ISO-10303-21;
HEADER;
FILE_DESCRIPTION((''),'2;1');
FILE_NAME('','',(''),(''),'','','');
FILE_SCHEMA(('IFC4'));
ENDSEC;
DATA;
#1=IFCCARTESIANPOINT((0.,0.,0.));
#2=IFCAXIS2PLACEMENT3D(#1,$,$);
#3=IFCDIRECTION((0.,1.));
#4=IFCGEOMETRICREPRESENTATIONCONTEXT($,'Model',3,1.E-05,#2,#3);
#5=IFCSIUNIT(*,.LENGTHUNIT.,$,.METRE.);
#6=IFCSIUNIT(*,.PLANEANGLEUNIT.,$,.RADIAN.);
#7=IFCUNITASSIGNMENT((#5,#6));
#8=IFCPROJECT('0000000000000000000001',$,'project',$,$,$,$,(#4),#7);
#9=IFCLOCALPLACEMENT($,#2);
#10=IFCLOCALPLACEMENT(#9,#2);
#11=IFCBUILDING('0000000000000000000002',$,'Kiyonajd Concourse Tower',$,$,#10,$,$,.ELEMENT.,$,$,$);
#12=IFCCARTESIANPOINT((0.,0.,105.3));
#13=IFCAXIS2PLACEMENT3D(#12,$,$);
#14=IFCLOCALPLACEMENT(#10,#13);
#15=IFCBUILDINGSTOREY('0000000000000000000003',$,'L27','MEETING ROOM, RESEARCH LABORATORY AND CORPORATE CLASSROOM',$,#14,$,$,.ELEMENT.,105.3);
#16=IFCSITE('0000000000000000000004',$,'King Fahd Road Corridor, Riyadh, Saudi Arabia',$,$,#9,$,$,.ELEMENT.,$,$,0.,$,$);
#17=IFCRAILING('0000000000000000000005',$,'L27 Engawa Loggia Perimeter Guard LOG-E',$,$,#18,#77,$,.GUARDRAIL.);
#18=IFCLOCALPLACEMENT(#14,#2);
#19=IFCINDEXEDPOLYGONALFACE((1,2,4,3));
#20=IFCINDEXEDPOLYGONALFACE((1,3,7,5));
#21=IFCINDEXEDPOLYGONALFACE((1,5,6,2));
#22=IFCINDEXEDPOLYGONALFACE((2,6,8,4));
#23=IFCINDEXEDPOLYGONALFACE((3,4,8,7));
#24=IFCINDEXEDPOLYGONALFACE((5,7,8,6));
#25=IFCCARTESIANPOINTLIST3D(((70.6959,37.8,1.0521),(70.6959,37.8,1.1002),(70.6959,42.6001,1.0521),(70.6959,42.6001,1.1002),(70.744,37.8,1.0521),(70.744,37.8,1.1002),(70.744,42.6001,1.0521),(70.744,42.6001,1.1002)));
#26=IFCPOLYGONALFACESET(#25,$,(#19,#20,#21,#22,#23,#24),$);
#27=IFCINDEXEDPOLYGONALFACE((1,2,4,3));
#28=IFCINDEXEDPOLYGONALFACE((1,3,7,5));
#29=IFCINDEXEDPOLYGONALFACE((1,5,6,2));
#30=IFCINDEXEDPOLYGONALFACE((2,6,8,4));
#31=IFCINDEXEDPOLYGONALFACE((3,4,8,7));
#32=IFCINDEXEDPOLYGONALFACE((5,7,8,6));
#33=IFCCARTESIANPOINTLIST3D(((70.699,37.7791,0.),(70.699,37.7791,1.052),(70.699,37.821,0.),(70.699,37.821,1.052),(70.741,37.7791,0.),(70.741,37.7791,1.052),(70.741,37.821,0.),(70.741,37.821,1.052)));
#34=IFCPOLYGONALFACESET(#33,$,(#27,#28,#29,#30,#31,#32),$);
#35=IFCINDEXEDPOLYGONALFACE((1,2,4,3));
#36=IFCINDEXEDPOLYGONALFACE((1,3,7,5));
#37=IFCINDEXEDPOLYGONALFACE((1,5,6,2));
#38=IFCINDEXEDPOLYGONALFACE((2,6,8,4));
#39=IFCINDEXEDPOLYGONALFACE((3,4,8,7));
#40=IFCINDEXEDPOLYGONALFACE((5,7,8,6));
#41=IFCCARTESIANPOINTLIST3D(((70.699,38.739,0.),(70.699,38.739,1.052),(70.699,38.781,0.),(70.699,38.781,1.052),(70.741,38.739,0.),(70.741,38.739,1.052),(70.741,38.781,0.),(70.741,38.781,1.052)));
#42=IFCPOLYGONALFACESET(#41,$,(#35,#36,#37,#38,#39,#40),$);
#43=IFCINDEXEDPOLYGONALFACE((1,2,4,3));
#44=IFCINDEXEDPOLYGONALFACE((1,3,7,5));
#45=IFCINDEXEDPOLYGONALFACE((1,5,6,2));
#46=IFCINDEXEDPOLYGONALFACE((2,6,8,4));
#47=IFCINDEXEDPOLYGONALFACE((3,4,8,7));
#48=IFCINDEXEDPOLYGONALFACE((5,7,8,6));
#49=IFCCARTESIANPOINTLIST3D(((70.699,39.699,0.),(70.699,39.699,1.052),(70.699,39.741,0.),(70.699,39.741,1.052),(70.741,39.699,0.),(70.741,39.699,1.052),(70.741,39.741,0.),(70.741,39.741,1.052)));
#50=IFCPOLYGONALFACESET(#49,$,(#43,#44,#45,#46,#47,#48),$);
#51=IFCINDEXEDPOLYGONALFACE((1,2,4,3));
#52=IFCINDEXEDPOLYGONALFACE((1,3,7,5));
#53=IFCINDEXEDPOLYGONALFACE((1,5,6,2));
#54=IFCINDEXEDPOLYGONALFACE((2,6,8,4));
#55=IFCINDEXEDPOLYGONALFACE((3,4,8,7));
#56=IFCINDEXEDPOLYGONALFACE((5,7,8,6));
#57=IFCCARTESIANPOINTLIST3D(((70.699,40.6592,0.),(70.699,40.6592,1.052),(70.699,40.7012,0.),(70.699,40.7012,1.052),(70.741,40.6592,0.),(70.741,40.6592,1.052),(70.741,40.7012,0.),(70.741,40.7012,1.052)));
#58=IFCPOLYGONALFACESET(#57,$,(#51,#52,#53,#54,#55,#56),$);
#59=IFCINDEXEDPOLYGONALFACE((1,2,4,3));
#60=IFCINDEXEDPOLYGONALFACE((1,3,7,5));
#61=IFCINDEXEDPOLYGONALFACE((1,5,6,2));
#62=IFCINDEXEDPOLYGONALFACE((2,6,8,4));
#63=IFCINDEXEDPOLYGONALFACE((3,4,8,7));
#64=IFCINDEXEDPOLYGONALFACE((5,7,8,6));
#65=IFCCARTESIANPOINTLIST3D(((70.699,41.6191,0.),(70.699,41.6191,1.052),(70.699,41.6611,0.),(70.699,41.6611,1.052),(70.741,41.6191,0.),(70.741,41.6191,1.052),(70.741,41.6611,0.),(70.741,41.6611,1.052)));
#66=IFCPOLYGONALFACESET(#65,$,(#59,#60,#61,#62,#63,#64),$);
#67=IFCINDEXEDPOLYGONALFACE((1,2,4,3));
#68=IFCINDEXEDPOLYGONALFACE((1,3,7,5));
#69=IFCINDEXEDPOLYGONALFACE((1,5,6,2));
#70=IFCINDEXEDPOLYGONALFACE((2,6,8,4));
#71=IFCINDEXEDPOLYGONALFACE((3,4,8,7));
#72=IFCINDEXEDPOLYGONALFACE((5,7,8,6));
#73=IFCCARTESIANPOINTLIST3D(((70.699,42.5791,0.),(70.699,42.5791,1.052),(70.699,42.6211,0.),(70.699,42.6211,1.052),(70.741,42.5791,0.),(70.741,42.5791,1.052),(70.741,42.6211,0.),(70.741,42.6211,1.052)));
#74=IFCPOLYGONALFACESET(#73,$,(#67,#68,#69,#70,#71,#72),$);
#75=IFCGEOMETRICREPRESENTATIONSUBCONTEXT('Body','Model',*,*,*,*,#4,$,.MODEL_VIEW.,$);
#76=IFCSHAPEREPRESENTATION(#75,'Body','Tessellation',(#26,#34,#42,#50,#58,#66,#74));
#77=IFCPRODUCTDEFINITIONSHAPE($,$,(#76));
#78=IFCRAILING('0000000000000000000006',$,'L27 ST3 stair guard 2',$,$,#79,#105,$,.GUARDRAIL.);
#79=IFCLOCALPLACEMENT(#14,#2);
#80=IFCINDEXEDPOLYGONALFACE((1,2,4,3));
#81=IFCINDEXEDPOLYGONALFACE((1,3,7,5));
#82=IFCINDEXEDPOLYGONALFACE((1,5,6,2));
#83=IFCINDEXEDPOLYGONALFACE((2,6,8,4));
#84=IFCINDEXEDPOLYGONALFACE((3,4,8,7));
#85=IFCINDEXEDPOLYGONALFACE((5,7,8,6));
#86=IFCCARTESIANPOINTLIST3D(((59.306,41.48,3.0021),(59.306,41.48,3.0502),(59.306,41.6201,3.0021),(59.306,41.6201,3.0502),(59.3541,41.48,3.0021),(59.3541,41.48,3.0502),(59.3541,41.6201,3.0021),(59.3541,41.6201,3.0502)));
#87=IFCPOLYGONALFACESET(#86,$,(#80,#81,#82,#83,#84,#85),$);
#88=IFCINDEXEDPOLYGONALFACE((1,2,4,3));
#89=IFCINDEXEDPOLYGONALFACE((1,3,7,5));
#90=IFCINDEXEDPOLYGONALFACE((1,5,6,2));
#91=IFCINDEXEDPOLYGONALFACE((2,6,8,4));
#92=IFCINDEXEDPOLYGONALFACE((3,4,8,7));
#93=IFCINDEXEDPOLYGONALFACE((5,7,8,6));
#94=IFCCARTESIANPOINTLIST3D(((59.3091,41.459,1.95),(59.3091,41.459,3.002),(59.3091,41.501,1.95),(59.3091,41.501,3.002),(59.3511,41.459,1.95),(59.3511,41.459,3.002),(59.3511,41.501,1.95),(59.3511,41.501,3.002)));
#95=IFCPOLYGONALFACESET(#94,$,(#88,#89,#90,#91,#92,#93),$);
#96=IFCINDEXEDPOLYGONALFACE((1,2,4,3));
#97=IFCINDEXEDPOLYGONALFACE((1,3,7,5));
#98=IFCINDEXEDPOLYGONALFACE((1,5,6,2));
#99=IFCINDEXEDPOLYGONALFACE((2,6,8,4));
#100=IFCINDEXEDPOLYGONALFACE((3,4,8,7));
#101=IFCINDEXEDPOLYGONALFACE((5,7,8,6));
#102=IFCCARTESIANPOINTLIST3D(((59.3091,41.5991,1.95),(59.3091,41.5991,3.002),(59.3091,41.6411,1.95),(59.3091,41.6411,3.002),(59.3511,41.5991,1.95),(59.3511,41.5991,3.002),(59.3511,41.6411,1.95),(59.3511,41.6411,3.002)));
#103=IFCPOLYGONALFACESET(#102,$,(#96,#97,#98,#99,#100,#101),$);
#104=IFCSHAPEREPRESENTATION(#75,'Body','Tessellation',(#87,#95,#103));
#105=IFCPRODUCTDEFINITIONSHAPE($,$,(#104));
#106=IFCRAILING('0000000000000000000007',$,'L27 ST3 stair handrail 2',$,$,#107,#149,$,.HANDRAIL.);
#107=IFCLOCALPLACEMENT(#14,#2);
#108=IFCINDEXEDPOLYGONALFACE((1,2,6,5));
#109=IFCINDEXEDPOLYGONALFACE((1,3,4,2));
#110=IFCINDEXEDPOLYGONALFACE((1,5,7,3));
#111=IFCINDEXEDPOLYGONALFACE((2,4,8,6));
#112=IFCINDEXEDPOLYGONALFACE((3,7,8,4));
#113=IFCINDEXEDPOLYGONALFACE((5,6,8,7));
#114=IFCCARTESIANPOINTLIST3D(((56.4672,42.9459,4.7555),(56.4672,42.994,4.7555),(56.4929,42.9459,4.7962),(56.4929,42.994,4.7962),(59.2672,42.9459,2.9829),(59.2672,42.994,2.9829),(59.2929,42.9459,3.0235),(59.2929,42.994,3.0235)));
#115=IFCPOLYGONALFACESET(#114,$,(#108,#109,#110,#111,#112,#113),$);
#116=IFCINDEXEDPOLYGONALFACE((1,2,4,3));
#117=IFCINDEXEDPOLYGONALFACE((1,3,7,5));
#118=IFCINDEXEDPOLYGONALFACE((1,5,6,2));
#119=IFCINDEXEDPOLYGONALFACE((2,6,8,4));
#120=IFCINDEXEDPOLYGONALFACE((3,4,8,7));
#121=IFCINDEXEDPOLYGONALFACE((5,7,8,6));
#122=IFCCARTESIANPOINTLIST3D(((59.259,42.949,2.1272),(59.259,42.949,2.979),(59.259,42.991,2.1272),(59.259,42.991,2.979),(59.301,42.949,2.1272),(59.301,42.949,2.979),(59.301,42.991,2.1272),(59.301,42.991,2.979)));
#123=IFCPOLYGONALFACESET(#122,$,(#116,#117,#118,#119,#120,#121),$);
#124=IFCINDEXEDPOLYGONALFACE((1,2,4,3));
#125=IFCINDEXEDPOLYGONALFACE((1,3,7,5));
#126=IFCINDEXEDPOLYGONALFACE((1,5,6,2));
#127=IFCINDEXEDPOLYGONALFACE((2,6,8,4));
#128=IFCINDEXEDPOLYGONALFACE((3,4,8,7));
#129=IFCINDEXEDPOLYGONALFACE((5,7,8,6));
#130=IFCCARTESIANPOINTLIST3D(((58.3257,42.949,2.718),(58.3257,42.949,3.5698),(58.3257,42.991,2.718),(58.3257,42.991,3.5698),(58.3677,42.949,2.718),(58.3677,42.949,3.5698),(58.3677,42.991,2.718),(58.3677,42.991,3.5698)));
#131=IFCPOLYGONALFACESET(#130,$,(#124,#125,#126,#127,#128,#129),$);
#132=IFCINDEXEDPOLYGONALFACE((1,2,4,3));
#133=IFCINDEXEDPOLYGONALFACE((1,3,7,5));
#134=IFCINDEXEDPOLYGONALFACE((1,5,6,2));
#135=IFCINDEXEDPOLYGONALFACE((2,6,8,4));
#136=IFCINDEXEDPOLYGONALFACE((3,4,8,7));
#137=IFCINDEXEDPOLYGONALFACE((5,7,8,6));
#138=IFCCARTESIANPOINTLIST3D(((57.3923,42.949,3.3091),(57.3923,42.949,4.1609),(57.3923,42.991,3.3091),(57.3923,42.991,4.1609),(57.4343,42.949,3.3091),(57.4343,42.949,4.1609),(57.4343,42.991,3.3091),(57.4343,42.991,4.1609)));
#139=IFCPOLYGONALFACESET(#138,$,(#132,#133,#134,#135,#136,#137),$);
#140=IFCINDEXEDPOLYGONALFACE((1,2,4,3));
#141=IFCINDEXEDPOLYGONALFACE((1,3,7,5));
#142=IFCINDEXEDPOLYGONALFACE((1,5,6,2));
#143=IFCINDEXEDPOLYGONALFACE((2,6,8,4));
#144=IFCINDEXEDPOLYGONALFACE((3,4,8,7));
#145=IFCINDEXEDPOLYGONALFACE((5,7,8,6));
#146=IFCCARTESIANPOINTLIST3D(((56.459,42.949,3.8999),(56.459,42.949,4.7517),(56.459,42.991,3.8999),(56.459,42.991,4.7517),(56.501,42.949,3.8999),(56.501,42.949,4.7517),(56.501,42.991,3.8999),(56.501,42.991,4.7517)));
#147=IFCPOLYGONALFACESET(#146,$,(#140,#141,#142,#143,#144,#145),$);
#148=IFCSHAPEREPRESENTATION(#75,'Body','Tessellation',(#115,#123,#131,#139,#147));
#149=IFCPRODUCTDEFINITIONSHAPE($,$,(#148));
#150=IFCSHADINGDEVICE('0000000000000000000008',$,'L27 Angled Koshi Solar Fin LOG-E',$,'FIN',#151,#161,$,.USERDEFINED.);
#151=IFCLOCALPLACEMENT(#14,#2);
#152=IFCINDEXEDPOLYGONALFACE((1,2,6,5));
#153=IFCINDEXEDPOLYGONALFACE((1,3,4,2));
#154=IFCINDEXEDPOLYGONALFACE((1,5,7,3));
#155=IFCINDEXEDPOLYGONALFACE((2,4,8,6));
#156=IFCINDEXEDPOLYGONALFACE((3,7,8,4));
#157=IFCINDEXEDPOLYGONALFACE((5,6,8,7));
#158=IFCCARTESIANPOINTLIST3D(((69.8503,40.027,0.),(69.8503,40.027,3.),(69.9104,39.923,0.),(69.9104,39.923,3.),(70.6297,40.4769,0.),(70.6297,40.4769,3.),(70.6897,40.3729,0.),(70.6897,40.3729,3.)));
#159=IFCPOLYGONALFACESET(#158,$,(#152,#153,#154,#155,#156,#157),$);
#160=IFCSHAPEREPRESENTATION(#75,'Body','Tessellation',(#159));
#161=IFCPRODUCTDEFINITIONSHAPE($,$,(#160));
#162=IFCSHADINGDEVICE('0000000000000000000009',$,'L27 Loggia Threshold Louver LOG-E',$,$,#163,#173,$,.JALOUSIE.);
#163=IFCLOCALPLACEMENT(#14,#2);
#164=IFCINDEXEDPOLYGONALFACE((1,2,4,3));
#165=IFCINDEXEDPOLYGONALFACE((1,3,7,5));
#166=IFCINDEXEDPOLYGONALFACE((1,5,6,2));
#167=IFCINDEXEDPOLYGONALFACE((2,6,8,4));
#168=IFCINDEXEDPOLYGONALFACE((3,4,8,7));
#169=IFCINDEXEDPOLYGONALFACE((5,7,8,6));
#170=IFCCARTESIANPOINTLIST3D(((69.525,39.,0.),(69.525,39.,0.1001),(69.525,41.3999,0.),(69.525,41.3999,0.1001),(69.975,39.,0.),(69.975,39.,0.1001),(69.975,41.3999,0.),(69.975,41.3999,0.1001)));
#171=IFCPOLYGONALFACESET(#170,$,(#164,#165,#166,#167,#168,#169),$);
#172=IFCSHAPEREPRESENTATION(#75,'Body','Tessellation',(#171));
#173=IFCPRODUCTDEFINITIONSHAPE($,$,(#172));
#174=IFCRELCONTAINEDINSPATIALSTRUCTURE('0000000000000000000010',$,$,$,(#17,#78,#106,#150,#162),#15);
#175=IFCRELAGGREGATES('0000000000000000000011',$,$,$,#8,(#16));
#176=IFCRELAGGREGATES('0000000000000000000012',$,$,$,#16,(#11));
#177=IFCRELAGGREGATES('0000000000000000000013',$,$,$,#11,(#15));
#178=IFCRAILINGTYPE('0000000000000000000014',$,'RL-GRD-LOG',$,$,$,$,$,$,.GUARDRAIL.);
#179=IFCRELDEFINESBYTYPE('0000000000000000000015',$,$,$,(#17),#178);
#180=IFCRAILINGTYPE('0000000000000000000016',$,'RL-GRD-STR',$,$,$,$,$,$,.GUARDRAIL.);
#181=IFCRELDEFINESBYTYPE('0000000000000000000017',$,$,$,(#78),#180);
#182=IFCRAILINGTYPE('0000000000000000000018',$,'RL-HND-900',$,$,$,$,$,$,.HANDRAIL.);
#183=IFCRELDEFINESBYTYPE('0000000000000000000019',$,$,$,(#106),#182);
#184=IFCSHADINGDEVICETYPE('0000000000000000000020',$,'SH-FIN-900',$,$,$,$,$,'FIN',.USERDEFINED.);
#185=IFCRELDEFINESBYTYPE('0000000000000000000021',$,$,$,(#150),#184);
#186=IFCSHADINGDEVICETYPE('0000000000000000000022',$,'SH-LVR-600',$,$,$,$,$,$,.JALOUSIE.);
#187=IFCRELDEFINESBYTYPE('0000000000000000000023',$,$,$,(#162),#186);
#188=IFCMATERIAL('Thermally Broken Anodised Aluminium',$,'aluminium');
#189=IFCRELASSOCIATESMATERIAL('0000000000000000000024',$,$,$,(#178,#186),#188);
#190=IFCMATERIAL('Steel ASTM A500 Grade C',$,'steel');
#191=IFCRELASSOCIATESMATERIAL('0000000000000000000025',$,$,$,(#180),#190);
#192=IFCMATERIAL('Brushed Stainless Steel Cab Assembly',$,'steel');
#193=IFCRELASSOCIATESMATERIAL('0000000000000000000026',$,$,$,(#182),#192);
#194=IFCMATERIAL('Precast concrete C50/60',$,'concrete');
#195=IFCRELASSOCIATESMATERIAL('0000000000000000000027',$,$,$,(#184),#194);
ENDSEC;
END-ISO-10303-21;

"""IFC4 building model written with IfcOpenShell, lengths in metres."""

from ifc_helpers import new_model, si_unit, direction, frame, origin, origin_2d, place, context, subcontext, project, spatial, rectangle, extrude, material, type_object, element, save


model = new_model("IFC4")

# Units and contexts
model_context = context("Model", 3, precision=1e-05, world=origin(), true_north=direction((0.0, 1.0)))
body_context = subcontext(model_context, "Body", "Model", "MODEL_VIEW")
ifc_project = project(units=[si_unit("LENGTHUNIT", "METRE"), si_unit("PLANEANGLEUNIT", "RADIAN")], contexts=[model_context])

# Site, building, storey
site_placement = place(None, origin())
site = spatial("IfcSite", under=ifc_project, at=site_placement, Name="King Fahd Road Corridor, Riyadh, Saudi Arabia", CompositionType="ELEMENT", RefElevation=0.0)
building_placement = place(site_placement, origin())
building = spatial("IfcBuilding", under=site, at=building_placement, Name="Kiyonajd Concourse Tower", CompositionType="ELEMENT")
storey_placement = place(building_placement, frame((0.0, 0.0, 105.3)))
storey = spatial("IfcBuildingStorey", under=building, at=storey_placement, Name="L27", Description="MEETING ROOM, RESEARCH LABORATORY AND CORPORATE CLASSROOM", CompositionType="ELEMENT", Elevation=105.3)

# Shared definitions
ifc_material_1 = material(Name="Precast concrete C50/60", Category="concrete")

# Shared definitions
ifc_material_2 = material(Name="Thermally Broken Anodised Aluminium", Category="aluminium")

# Railings
railing_type_1 = type_object("IfcRailingType", Name="RL-GRD-LOG", PredefinedType="GUARDRAIL", material=ifc_material_2)
railing_1_placement = place(storey_placement, frame((70.72, 37.8, 0.0)))
element("IfcRailing", 1, at=railing_1_placement, inside=storey, type_object=railing_type_1, Name="L27 Engawa Loggia Perimeter Guard LOG-E", PredefinedType="GUARDRAIL", context=body_context, shape_type="SweptSolid", body=[
    extrude(rectangle(XDim=0.0481, YDim=0.0481, at=origin_2d()), frame((0.0, 0.0, 1.0762), z_axis=(0.0, 1.0, 0.0), x_axis=(-1.0, 0.0, 0.0)), (0.0, 0.0, 1.0), 4.8),
    extrude(rectangle(XDim=0.042, YDim=0.042, at=origin_2d()), origin(), (0.0, 0.0, 1.0), 1.052),
    extrude(rectangle(XDim=0.042, YDim=0.042, at=origin_2d()), frame((0.0, 0.96, 0.0)), (0.0, 0.0, 1.0), 1.052),
    extrude(rectangle(XDim=0.042, YDim=0.042, at=origin_2d()), frame((0.0, 1.9199, 0.0)), (0.0, 0.0, 1.0), 1.052),
    extrude(rectangle(XDim=0.042, YDim=0.042, at=origin_2d()), frame((0.0, 2.8801, 0.0)), (0.0, 0.0, 1.0), 1.052),
    extrude(rectangle(XDim=0.042, YDim=0.042, at=origin_2d()), frame((0.0, 3.8401, 0.0)), (0.0, 0.0, 1.0), 1.052),
    extrude(rectangle(XDim=0.042, YDim=0.042, at=origin_2d()), frame((0.0, 4.8, 0.0)), (0.0, 0.0, 1.0), 1.052),
])
ifc_material_3 = material(Name="Steel ASTM A500 Grade C", Category="steel")
railing_type_2 = type_object("IfcRailingType", Name="RL-GRD-STR", PredefinedType="GUARDRAIL", material=ifc_material_3)
railing_2_placement = place(storey_placement, frame((59.3301, 41.48, 1.95)))
element("IfcRailing", 2, at=railing_2_placement, inside=storey, type_object=railing_type_2, Name="L27 ST3 stair guard 2", PredefinedType="GUARDRAIL", context=body_context, shape_type="SweptSolid", body=[
    extrude(rectangle(XDim=0.0481, YDim=0.0481, at=origin_2d()), frame((0.0, 0.0, 1.0762), z_axis=(0.0, 1.0, 0.0), x_axis=(-1.0, 0.0, 0.0)), (0.0, 0.0, 1.0), 0.1401),
    extrude(rectangle(XDim=0.042, YDim=0.042, at=origin_2d()), origin(), (0.0, 0.0, 1.0), 1.052),
    extrude(rectangle(XDim=0.042, YDim=0.042, at=origin_2d()), frame((0.0, 0.1401, 0.0)), (0.0, 0.0, 1.0), 1.052),
])
ifc_material_4 = material(Name="Brushed Stainless Steel Cab Assembly", Category="steel")
railing_type_3 = type_object("IfcRailingType", Name="RL-HND-900", PredefinedType="HANDRAIL", material=ifc_material_4)
railing_3_placement = place(storey_placement, frame((59.28, 42.97, 2.1272)))
element("IfcRailing", 3, at=railing_3_placement, inside=storey, type_object=railing_type_3, Name="L27 ST3 stair handrail 2", PredefinedType="HANDRAIL", context=body_context, shape_type="SweptSolid", body=[
    extrude(rectangle(XDim=0.0481, YDim=0.0481, at=origin_2d()), frame((0.0, 0.0, 0.876), z_axis=(-0.844909, 0.0, 0.53491), x_axis=(0.0, -1.0, 0.0)), (0.0, 0.0, 1.0), 3.314),
    extrude(rectangle(XDim=0.042, YDim=0.042, at=origin_2d()), origin(), (0.0, 0.0, 1.0), 0.8518),
    extrude(rectangle(XDim=0.042, YDim=0.042, at=origin_2d()), frame((-0.9333, 0.0, 0.5908)), (0.0, 0.0, 1.0), 0.8518),
    extrude(rectangle(XDim=0.042, YDim=0.042, at=origin_2d()), frame((-1.8667, 0.0, 1.1819)), (0.0, 0.0, 1.0), 0.8518),
    extrude(rectangle(XDim=0.042, YDim=0.042, at=origin_2d()), frame((-2.8, 0.0, 1.7727)), (0.0, 0.0, 1.0), 0.8518),
])

# Shading devices
shading_device_type_1 = type_object("IfcShadingDeviceType", Name="SH-FIN-900", ElementType="FIN", PredefinedType="USERDEFINED", material=ifc_material_1)
shading_device_1_placement = place(storey_placement, frame((70.27, 40.2, 0.0), z_axis=(0.0, 0.0, 1.0), x_axis=(0.866025, 0.5, 0.0)))
element("IfcShadingDevice", 4, at=shading_device_1_placement, inside=storey, type_object=shading_device_type_1, Name="L27 Angled Koshi Solar Fin LOG-E", ObjectType="FIN", PredefinedType="USERDEFINED", context=body_context, shape_type="SweptSolid", body=[
    extrude(rectangle(XDim=0.8999, YDim=0.1201, at=origin_2d()), origin(), (0.0, 0.0, 1.0), 3.0),
])
shading_device_type_2 = type_object("IfcShadingDeviceType", Name="SH-LVR-600", PredefinedType="JALOUSIE", material=ifc_material_2)
shading_device_2_placement = place(storey_placement, frame((69.75, 40.2, 0.0), z_axis=(0.0, 0.0, 1.0), x_axis=(0.0, 1.0, 0.0)))
element("IfcShadingDevice", 5, at=shading_device_2_placement, inside=storey, type_object=shading_device_type_2, Name="L27 Loggia Threshold Louver LOG-E", PredefinedType="JALOUSIE", context=body_context, shape_type="SweptSolid", body=[
    extrude(rectangle(XDim=2.3999, YDim=0.45, at=origin_2d()), origin(), (0.0, 0.0, 1.0), 0.1001),
])

save(model, "model.ifc")
